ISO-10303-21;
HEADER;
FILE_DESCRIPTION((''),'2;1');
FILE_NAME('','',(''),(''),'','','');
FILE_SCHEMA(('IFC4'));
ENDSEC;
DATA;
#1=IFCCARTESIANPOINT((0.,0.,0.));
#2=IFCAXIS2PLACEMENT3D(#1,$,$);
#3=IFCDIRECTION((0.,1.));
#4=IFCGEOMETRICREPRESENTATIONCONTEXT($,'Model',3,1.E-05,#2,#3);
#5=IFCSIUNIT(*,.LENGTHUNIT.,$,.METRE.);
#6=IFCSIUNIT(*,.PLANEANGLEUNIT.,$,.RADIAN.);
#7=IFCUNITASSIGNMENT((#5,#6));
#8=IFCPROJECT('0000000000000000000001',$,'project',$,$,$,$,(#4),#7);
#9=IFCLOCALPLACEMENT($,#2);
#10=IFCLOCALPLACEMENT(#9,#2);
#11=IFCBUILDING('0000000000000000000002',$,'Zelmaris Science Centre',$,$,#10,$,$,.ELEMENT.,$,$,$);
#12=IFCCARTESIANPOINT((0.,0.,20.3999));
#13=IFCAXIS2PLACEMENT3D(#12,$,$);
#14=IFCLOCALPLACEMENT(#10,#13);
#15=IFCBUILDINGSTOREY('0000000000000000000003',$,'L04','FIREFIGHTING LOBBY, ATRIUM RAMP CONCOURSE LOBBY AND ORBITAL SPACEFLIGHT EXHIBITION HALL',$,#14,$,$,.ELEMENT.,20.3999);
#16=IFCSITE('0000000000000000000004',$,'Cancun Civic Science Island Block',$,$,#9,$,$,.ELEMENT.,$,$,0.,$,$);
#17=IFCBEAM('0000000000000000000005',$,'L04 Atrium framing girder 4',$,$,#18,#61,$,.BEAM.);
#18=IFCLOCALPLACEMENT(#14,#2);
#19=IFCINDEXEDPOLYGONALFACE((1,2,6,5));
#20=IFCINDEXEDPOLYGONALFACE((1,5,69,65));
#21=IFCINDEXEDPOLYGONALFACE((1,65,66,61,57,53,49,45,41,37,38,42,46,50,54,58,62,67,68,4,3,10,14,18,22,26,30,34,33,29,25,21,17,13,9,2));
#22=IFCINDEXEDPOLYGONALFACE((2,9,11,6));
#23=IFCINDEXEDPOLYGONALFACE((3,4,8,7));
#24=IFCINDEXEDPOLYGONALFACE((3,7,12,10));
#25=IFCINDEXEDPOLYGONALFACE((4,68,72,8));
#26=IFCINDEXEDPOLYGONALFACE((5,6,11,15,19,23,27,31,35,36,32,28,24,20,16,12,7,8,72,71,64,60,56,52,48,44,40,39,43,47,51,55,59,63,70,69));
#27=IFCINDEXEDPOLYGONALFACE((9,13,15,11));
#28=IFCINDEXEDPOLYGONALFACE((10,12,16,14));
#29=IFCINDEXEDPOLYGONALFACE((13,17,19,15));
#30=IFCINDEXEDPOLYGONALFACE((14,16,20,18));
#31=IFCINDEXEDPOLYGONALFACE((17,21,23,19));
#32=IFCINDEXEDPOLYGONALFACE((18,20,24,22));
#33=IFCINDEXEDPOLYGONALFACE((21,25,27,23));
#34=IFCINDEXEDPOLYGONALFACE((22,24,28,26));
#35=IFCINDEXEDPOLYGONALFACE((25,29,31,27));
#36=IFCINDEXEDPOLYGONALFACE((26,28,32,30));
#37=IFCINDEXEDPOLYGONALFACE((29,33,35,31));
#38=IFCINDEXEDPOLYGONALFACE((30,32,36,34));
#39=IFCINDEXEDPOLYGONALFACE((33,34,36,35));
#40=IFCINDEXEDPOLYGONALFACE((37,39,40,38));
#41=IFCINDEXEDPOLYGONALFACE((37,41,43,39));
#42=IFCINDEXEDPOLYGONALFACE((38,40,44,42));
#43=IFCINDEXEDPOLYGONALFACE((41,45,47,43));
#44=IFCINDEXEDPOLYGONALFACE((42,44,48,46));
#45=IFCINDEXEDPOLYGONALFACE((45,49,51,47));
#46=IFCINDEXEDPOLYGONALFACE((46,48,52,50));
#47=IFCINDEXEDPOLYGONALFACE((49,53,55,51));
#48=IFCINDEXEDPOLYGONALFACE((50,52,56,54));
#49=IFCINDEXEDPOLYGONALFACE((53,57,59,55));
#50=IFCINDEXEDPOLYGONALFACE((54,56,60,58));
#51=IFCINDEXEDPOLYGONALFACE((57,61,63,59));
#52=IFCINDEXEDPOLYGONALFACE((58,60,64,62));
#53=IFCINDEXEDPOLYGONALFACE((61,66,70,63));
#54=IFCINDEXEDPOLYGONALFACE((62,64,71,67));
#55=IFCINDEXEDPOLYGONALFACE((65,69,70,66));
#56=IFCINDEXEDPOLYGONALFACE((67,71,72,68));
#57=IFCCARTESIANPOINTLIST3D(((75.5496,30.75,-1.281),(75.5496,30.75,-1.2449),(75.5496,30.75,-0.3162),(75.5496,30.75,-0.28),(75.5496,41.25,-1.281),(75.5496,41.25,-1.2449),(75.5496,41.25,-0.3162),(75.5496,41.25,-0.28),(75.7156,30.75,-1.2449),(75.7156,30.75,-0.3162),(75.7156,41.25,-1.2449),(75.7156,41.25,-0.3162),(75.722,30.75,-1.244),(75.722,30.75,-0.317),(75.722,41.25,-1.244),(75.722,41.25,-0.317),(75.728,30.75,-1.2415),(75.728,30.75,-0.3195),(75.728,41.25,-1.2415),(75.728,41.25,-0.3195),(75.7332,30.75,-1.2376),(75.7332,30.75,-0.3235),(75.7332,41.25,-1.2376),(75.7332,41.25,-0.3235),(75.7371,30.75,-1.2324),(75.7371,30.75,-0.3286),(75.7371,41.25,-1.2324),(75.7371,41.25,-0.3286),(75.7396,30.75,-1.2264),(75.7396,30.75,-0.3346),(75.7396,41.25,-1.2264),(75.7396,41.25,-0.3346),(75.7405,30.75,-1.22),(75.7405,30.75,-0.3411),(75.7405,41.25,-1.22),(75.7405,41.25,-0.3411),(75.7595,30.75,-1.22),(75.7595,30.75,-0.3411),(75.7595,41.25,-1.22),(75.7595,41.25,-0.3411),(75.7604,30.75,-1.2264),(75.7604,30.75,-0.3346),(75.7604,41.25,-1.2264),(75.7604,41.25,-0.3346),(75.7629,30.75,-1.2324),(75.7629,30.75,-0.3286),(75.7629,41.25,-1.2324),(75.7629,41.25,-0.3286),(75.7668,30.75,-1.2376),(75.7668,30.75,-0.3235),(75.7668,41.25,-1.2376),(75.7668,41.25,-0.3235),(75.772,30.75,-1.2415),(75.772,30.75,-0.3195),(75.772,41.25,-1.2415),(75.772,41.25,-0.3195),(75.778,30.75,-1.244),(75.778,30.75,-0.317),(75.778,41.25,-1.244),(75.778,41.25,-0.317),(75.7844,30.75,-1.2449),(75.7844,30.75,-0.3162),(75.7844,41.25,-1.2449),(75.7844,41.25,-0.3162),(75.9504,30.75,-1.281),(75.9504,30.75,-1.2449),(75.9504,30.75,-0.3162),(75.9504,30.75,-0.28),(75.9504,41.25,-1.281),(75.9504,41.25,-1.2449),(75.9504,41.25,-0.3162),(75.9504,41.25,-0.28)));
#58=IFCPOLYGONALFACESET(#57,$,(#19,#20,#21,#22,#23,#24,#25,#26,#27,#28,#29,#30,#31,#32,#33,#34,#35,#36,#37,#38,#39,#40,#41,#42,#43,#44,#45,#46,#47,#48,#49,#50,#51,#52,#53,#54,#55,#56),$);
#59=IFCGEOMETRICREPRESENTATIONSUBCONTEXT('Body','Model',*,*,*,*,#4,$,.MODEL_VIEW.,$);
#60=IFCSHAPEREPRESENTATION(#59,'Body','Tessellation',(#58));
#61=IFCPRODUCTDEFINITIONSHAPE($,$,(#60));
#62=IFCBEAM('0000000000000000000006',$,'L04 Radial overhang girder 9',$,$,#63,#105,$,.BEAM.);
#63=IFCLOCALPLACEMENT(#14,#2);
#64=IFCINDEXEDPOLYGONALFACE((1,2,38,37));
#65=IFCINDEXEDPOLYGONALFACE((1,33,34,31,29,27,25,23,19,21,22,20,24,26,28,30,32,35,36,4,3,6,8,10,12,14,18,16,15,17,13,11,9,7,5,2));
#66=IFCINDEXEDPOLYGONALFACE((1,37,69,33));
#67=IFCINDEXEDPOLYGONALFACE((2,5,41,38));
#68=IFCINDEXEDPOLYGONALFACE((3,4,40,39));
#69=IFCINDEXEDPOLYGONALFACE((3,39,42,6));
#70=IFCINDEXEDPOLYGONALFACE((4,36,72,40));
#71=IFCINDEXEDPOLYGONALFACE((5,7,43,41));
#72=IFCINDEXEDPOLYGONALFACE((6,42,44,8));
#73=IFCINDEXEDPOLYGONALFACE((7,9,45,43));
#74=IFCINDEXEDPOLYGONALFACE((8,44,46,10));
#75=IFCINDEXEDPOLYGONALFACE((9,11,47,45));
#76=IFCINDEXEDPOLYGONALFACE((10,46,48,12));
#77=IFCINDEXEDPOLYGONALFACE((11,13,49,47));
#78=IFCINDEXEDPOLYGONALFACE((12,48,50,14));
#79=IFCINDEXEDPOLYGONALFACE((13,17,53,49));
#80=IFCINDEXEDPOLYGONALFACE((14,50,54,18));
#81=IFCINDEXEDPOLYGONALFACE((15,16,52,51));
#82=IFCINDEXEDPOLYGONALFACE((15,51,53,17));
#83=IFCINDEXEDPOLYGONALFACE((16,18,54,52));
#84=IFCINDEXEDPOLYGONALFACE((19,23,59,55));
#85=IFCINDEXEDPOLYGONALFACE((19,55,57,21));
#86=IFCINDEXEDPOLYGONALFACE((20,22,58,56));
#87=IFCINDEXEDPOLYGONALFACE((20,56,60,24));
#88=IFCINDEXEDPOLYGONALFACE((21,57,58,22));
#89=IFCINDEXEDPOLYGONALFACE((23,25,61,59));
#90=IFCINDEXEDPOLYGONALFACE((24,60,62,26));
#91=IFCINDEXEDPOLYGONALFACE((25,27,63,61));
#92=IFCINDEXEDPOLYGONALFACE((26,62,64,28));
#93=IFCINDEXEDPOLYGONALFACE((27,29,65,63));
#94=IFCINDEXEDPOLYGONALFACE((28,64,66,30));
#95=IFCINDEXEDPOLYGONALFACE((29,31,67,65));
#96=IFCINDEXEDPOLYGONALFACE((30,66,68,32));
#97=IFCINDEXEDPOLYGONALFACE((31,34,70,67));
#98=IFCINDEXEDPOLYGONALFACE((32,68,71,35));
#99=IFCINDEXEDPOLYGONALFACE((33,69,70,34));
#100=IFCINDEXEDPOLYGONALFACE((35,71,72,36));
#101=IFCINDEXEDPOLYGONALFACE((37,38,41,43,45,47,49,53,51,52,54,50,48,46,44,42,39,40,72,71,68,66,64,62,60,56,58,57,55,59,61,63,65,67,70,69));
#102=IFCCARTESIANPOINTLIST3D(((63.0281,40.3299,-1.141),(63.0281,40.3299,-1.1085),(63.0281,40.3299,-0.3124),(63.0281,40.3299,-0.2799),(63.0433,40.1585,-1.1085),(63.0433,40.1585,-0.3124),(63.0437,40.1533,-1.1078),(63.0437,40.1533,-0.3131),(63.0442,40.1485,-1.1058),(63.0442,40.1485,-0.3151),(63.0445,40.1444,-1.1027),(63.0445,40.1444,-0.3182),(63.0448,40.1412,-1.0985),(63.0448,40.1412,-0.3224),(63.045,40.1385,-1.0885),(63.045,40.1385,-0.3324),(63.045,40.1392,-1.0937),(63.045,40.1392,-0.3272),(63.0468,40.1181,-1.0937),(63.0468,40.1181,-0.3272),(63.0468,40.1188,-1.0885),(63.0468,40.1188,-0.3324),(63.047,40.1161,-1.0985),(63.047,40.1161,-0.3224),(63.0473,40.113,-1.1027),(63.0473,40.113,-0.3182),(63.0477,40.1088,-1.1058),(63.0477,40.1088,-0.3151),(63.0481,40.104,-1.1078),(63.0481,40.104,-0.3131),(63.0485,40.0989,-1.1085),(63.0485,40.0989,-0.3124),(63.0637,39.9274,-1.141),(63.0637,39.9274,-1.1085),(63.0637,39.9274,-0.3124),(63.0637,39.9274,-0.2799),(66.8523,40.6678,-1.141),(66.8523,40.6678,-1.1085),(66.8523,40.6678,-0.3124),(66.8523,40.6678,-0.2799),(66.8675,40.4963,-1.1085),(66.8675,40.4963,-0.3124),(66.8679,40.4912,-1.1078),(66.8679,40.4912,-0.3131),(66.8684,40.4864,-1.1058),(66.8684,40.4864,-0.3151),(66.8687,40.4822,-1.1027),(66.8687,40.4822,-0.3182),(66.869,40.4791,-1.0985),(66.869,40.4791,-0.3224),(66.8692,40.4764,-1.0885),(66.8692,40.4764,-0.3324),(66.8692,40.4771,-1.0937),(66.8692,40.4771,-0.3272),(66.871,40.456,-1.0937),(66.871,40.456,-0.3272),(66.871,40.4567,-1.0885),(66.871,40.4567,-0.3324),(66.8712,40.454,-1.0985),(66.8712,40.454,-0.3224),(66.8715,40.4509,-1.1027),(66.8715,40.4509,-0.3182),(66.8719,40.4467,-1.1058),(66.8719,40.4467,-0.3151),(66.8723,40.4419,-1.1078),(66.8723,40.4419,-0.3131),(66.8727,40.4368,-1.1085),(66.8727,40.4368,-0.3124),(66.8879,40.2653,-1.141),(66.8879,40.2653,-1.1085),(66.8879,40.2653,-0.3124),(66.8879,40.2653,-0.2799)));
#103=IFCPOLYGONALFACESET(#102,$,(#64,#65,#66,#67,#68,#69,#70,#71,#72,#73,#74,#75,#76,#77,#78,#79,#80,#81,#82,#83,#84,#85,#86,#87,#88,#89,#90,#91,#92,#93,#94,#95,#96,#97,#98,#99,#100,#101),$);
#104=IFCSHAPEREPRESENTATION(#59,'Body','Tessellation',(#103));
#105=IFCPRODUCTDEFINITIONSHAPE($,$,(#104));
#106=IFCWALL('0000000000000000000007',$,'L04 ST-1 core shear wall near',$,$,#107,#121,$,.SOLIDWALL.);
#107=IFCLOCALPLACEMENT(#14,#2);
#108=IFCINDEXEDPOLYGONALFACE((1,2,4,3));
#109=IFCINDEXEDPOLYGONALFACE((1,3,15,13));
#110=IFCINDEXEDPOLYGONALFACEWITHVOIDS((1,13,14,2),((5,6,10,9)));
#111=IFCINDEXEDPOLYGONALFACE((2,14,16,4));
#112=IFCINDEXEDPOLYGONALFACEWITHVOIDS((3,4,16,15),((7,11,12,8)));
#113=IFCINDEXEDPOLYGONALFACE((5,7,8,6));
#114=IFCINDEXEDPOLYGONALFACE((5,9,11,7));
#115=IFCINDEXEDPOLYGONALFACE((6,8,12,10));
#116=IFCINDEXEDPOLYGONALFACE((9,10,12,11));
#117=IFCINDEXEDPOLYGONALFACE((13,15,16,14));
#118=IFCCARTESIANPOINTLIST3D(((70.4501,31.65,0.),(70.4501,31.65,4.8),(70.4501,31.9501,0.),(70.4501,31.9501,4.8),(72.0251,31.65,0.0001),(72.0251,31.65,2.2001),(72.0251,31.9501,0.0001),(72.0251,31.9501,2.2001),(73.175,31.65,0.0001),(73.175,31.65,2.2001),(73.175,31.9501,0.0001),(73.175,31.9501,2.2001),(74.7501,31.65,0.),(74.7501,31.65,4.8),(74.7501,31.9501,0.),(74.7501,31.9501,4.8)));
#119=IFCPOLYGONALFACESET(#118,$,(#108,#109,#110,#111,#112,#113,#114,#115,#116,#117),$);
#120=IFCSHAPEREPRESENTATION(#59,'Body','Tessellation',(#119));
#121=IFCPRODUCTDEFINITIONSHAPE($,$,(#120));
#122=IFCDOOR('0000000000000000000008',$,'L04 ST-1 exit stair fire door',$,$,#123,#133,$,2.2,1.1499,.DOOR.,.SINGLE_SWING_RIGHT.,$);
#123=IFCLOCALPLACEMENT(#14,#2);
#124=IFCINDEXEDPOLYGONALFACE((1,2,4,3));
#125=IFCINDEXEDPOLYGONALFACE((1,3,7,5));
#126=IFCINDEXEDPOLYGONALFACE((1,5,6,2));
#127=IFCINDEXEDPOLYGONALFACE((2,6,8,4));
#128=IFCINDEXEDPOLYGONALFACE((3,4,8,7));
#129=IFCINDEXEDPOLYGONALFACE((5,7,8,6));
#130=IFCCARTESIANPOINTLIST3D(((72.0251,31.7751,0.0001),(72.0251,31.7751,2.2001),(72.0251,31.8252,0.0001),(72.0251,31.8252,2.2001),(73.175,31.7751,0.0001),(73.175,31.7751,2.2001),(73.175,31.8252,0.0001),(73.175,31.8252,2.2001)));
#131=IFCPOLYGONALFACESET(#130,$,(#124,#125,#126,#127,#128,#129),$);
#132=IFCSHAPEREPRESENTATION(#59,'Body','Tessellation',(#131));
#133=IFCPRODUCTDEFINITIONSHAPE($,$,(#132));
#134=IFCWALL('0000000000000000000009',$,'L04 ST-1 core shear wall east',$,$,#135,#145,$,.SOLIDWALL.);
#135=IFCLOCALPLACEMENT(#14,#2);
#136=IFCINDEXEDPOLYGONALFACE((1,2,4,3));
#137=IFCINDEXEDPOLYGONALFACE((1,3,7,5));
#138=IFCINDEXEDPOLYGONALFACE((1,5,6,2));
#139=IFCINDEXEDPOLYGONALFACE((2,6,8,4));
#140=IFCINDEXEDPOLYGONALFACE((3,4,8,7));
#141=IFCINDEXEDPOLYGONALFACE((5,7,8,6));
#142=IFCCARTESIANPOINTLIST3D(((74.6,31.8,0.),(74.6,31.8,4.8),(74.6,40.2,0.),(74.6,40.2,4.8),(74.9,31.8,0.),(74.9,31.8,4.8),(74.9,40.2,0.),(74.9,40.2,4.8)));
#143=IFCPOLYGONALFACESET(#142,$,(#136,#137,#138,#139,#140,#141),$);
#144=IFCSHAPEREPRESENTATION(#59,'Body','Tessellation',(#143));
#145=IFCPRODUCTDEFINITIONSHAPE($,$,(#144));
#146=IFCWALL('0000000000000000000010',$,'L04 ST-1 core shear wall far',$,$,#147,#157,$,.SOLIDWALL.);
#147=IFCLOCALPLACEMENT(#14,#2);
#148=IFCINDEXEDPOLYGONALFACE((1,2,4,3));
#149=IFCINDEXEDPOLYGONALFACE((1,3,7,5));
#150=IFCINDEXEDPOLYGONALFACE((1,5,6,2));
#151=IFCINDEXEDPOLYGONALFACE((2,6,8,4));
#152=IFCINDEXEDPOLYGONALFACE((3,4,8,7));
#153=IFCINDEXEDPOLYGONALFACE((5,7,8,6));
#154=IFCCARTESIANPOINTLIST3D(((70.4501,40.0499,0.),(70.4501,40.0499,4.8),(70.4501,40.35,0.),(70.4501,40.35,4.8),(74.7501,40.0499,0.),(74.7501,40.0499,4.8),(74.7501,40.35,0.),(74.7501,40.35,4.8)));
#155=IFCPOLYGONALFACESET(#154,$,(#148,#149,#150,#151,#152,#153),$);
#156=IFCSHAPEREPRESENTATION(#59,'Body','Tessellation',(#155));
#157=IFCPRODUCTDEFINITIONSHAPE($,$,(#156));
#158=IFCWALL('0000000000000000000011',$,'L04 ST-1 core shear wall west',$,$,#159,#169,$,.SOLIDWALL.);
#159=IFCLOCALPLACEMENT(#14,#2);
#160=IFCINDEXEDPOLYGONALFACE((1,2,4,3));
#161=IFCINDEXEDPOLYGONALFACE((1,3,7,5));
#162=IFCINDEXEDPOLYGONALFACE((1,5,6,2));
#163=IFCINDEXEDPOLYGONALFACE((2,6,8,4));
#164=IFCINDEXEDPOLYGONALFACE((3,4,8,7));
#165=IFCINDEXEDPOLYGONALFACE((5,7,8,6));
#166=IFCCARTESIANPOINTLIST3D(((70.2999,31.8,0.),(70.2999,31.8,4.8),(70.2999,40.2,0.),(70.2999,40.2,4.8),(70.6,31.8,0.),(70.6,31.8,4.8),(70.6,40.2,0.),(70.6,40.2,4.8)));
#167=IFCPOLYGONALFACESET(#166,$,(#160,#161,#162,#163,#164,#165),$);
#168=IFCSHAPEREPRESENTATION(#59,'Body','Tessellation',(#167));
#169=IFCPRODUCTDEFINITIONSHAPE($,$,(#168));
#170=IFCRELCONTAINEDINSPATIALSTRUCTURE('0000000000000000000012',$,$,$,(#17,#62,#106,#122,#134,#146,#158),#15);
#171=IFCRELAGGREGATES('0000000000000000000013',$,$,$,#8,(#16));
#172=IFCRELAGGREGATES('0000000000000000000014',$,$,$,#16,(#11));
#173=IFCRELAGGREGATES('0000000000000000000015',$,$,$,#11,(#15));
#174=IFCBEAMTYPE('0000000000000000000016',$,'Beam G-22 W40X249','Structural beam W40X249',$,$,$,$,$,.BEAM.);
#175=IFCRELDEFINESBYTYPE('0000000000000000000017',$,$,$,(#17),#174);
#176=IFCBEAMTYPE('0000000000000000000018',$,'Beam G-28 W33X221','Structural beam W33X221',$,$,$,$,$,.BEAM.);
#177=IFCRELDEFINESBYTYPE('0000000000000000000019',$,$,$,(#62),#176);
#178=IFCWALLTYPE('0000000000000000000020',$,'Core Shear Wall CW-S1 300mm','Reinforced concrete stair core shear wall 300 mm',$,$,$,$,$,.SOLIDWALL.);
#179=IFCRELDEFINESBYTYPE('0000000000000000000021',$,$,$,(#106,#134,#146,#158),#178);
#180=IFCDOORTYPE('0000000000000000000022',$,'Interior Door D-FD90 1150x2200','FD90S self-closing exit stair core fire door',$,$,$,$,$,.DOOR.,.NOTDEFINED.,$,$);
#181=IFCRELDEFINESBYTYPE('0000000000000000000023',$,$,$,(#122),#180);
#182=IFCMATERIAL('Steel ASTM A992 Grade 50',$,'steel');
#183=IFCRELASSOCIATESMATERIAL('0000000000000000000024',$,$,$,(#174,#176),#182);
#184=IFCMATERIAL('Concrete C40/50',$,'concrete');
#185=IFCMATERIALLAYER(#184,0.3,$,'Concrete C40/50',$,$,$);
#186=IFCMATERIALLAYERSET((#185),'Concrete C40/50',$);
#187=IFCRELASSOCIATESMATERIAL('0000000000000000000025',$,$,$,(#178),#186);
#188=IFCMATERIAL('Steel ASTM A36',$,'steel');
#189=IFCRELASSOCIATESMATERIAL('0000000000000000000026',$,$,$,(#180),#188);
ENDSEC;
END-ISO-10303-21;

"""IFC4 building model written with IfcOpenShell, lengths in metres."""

from ifc_helpers import new_model, si_unit, direction, frame, frame_2d, origin, origin_2d, place, context, subcontext, project, spatial, rectangle, i_section, extrude, material, layer, layer_set, material_profile, profile_set, type_object, element, fill, save


model = new_model("IFC4")

# Units and contexts
model_context = context("Model", 3, precision=1e-05, world=origin(), true_north=direction((0.0, 1.0)))
body_context = subcontext(model_context, "Body", "Model", "MODEL_VIEW")
ifc_project = project(units=[si_unit("LENGTHUNIT", "METRE"), si_unit("PLANEANGLEUNIT", "RADIAN")], contexts=[model_context])

# Site, building, storey
site_placement = place(None, origin())
site = spatial("IfcSite", under=ifc_project, at=site_placement, Name="Cancun Civic Science Island Block", CompositionType="ELEMENT", RefElevation=0.0)
building_placement = place(site_placement, origin())
building = spatial("IfcBuilding", under=site, at=building_placement, Name="Zelmaris Science Centre", CompositionType="ELEMENT")
storey_placement = place(building_placement, frame((0.0, 0.0, 20.3999)))
storey = spatial("IfcBuildingStorey", under=building, at=storey_placement, Name="L04", Description="FIREFIGHTING LOBBY, ATRIUM RAMP CONCOURSE LOBBY AND ORBITAL SPACEFLIGHT EXHIBITION HALL", CompositionType="ELEMENT", Elevation=20.3999)

# Shared definitions
ifc_material_1 = material(Name="Steel ASTM A992 Grade 50", Category="steel")

# Beams
ifc_material_profile_1 = material_profile(ifc_material_1, i_section(OverallWidth=0.4009, OverallDepth=1.001, WebThickness=0.019, FlangeThickness=0.0361, FilletRadius=0.0249, at=origin_2d()), Name="W40X249")
ifc_profile_set_1 = profile_set([ifc_material_profile_1], Name="Steel ASTM A992 Grade 50")
beam_type_1 = type_object("IfcBeamType", Name="Beam G-22 W40X249", Description="Structural beam W40X249", PredefinedType="BEAM", material=ifc_profile_set_1)
beam_1_placement = place(storey_placement, frame((75.75, 41.25, -0.7805), z_axis=(0.0, -1.0, 0.0), x_axis=(1.0, 0.0, 0.0)))
element("IfcBeam", 1, at=beam_1_placement, inside=storey, type_object=beam_type_1, Name="L04 Atrium framing girder 4", PredefinedType="BEAM", context=body_context, shape_type="SweptSolid", body=[
    extrude(i_section(OverallWidth=0.4009, OverallDepth=1.001, WebThickness=0.019, FlangeThickness=0.0361, FilletRadius=0.0249, at=origin_2d()), origin(), (0.0, 0.0, 1.0), 10.5),
])
ifc_material_profile_2 = material_profile(ifc_material_1, i_section(OverallWidth=0.4041, OverallDepth=0.8611, WebThickness=0.0198, FlangeThickness=0.0325, FilletRadius=0.02, at=origin_2d()), Name="W33X221")
ifc_profile_set_2 = profile_set([ifc_material_profile_2], Name="Steel ASTM A992 Grade 50")
beam_type_2 = type_object("IfcBeamType", Name="Beam G-28 W33X221", Description="Structural beam W33X221", PredefinedType="BEAM", material=ifc_profile_set_2)
beam_2_placement = place(storey_placement, frame((66.8701, 40.4666, -0.7104), z_axis=(-0.996119, -0.088013, 0.0), x_axis=(0.088013, -0.996119, 0.0)))
element("IfcBeam", 2, at=beam_2_placement, inside=storey, type_object=beam_type_2, Name="L04 Radial overhang girder 9", PredefinedType="BEAM", context=body_context, shape_type="SweptSolid", body=[
    extrude(i_section(OverallWidth=0.4041, OverallDepth=0.8611, WebThickness=0.0198, FlangeThickness=0.0325, FilletRadius=0.02, at=origin_2d()), origin(), (0.0, 0.0, 1.0), 3.8391),
])

# Wall, opening, door
ifc_material_2 = material(Name="Concrete C40/50", Category="concrete")
ifc_layer = layer(ifc_material_2, 0.3, Name="Concrete C40/50")
ifc_layer_set = layer_set([ifc_layer], Name="Concrete C40/50")
wall_type = type_object("IfcWallType", Name="Core Shear Wall CW-S1 300mm", Description="Reinforced concrete stair core shear wall 300 mm", PredefinedType="SOLIDWALL", material=ifc_layer_set)
wall_1_placement = place(storey_placement, frame((74.75, 31.8, 0.0), z_axis=(0.0, 0.0, 1.0), x_axis=(-1.0, 0.0, 0.0)))
wall_1 = element("IfcWall", 3, at=wall_1_placement, inside=storey, type_object=wall_type, Name="L04 ST-1 core shear wall near", PredefinedType="SOLIDWALL", context=body_context, shape_type="SweptSolid", body=[
    extrude(rectangle(XDim=4.3, YDim=0.3, at=frame_2d((2.1499, 0.0))), origin(), (0.0, 0.0, 1.0), 4.8),
])
opening_placement = place(wall_1_placement, frame((1.575, 0.0, 0.0)))
opening = element("IfcOpeningElement", 4, at=opening_placement, cuts=wall_1, PredefinedType="OPENING", context=body_context, shape_type="SweptSolid", body=[
    extrude(rectangle(XDim=1.1499, YDim=2.2, at=frame_2d((0.575, 1.1001))), frame((0.0, 0.1599, 0.0), z_axis=(0.0, -1.0, 0.0), x_axis=(1.0, 0.0, 0.0)), (0.0, 0.0, 1.0), 0.3201),
])
ifc_material_3 = material(Name="Steel ASTM A36", Category="steel")
door_type = type_object("IfcDoorType", Name="Interior Door D-FD90 1150x2200", Description="FD90S self-closing exit stair core fire door", OperationType="NOTDEFINED", PredefinedType="DOOR", material=ifc_material_3)
door_placement = place(opening_placement, origin())
door = element("IfcDoor", 5, at=door_placement, inside=storey, type_object=door_type, Name="L04 ST-1 exit stair fire door", OperationType="SINGLE_SWING_RIGHT", OverallHeight=2.2, OverallWidth=1.1499, PredefinedType="DOOR", context=body_context, shape_type="SweptSolid", body=[
    extrude(rectangle(XDim=1.1499, YDim=2.2, at=frame_2d((0.575, 1.1001))), frame((0.0, 0.0249, 0.0), z_axis=(0.0, -1.0, 0.0), x_axis=(1.0, 0.0, 0.0)), (0.0, 0.0, 1.0), 0.05),
])
fill(opening, door)

# Walls
wall_2_placement = place(storey_placement, frame((74.75, 31.8, 0.0), z_axis=(0.0, 0.0, 1.0), x_axis=(0.0, 1.0, 0.0)))
element("IfcWall", 6, at=wall_2_placement, inside=storey, type_object=wall_type, Name="L04 ST-1 core shear wall east", PredefinedType="SOLIDWALL", context=body_context, shape_type="SweptSolid", body=[
    extrude(rectangle(XDim=8.3999, YDim=0.3, at=frame_2d((4.2, 0.0))), origin(), (0.0, 0.0, 1.0), 4.8),
])
wall_3_placement = place(storey_placement, frame((74.75, 40.2, 0.0), z_axis=(0.0, 0.0, 1.0), x_axis=(-1.0, 0.0, 0.0)))
element("IfcWall", 7, at=wall_3_placement, inside=storey, type_object=wall_type, Name="L04 ST-1 core shear wall far", PredefinedType="SOLIDWALL", context=body_context, shape_type="SweptSolid", body=[
    extrude(rectangle(XDim=4.3, YDim=0.3, at=frame_2d((2.1499, 0.0))), origin(), (0.0, 0.0, 1.0), 4.8),
])
wall_4_placement = place(storey_placement, frame((70.45, 31.8, 0.0), z_axis=(0.0, 0.0, 1.0), x_axis=(0.0, 1.0, 0.0)))
element("IfcWall", 8, at=wall_4_placement, inside=storey, type_object=wall_type, Name="L04 ST-1 core shear wall west", PredefinedType="SOLIDWALL", context=body_context, shape_type="SweptSolid", body=[
    extrude(rectangle(XDim=8.3999, YDim=0.3, at=frame_2d((4.2, 0.0))), origin(), (0.0, 0.0, 1.0), 4.8),
])

save(model, "model.ifc")
